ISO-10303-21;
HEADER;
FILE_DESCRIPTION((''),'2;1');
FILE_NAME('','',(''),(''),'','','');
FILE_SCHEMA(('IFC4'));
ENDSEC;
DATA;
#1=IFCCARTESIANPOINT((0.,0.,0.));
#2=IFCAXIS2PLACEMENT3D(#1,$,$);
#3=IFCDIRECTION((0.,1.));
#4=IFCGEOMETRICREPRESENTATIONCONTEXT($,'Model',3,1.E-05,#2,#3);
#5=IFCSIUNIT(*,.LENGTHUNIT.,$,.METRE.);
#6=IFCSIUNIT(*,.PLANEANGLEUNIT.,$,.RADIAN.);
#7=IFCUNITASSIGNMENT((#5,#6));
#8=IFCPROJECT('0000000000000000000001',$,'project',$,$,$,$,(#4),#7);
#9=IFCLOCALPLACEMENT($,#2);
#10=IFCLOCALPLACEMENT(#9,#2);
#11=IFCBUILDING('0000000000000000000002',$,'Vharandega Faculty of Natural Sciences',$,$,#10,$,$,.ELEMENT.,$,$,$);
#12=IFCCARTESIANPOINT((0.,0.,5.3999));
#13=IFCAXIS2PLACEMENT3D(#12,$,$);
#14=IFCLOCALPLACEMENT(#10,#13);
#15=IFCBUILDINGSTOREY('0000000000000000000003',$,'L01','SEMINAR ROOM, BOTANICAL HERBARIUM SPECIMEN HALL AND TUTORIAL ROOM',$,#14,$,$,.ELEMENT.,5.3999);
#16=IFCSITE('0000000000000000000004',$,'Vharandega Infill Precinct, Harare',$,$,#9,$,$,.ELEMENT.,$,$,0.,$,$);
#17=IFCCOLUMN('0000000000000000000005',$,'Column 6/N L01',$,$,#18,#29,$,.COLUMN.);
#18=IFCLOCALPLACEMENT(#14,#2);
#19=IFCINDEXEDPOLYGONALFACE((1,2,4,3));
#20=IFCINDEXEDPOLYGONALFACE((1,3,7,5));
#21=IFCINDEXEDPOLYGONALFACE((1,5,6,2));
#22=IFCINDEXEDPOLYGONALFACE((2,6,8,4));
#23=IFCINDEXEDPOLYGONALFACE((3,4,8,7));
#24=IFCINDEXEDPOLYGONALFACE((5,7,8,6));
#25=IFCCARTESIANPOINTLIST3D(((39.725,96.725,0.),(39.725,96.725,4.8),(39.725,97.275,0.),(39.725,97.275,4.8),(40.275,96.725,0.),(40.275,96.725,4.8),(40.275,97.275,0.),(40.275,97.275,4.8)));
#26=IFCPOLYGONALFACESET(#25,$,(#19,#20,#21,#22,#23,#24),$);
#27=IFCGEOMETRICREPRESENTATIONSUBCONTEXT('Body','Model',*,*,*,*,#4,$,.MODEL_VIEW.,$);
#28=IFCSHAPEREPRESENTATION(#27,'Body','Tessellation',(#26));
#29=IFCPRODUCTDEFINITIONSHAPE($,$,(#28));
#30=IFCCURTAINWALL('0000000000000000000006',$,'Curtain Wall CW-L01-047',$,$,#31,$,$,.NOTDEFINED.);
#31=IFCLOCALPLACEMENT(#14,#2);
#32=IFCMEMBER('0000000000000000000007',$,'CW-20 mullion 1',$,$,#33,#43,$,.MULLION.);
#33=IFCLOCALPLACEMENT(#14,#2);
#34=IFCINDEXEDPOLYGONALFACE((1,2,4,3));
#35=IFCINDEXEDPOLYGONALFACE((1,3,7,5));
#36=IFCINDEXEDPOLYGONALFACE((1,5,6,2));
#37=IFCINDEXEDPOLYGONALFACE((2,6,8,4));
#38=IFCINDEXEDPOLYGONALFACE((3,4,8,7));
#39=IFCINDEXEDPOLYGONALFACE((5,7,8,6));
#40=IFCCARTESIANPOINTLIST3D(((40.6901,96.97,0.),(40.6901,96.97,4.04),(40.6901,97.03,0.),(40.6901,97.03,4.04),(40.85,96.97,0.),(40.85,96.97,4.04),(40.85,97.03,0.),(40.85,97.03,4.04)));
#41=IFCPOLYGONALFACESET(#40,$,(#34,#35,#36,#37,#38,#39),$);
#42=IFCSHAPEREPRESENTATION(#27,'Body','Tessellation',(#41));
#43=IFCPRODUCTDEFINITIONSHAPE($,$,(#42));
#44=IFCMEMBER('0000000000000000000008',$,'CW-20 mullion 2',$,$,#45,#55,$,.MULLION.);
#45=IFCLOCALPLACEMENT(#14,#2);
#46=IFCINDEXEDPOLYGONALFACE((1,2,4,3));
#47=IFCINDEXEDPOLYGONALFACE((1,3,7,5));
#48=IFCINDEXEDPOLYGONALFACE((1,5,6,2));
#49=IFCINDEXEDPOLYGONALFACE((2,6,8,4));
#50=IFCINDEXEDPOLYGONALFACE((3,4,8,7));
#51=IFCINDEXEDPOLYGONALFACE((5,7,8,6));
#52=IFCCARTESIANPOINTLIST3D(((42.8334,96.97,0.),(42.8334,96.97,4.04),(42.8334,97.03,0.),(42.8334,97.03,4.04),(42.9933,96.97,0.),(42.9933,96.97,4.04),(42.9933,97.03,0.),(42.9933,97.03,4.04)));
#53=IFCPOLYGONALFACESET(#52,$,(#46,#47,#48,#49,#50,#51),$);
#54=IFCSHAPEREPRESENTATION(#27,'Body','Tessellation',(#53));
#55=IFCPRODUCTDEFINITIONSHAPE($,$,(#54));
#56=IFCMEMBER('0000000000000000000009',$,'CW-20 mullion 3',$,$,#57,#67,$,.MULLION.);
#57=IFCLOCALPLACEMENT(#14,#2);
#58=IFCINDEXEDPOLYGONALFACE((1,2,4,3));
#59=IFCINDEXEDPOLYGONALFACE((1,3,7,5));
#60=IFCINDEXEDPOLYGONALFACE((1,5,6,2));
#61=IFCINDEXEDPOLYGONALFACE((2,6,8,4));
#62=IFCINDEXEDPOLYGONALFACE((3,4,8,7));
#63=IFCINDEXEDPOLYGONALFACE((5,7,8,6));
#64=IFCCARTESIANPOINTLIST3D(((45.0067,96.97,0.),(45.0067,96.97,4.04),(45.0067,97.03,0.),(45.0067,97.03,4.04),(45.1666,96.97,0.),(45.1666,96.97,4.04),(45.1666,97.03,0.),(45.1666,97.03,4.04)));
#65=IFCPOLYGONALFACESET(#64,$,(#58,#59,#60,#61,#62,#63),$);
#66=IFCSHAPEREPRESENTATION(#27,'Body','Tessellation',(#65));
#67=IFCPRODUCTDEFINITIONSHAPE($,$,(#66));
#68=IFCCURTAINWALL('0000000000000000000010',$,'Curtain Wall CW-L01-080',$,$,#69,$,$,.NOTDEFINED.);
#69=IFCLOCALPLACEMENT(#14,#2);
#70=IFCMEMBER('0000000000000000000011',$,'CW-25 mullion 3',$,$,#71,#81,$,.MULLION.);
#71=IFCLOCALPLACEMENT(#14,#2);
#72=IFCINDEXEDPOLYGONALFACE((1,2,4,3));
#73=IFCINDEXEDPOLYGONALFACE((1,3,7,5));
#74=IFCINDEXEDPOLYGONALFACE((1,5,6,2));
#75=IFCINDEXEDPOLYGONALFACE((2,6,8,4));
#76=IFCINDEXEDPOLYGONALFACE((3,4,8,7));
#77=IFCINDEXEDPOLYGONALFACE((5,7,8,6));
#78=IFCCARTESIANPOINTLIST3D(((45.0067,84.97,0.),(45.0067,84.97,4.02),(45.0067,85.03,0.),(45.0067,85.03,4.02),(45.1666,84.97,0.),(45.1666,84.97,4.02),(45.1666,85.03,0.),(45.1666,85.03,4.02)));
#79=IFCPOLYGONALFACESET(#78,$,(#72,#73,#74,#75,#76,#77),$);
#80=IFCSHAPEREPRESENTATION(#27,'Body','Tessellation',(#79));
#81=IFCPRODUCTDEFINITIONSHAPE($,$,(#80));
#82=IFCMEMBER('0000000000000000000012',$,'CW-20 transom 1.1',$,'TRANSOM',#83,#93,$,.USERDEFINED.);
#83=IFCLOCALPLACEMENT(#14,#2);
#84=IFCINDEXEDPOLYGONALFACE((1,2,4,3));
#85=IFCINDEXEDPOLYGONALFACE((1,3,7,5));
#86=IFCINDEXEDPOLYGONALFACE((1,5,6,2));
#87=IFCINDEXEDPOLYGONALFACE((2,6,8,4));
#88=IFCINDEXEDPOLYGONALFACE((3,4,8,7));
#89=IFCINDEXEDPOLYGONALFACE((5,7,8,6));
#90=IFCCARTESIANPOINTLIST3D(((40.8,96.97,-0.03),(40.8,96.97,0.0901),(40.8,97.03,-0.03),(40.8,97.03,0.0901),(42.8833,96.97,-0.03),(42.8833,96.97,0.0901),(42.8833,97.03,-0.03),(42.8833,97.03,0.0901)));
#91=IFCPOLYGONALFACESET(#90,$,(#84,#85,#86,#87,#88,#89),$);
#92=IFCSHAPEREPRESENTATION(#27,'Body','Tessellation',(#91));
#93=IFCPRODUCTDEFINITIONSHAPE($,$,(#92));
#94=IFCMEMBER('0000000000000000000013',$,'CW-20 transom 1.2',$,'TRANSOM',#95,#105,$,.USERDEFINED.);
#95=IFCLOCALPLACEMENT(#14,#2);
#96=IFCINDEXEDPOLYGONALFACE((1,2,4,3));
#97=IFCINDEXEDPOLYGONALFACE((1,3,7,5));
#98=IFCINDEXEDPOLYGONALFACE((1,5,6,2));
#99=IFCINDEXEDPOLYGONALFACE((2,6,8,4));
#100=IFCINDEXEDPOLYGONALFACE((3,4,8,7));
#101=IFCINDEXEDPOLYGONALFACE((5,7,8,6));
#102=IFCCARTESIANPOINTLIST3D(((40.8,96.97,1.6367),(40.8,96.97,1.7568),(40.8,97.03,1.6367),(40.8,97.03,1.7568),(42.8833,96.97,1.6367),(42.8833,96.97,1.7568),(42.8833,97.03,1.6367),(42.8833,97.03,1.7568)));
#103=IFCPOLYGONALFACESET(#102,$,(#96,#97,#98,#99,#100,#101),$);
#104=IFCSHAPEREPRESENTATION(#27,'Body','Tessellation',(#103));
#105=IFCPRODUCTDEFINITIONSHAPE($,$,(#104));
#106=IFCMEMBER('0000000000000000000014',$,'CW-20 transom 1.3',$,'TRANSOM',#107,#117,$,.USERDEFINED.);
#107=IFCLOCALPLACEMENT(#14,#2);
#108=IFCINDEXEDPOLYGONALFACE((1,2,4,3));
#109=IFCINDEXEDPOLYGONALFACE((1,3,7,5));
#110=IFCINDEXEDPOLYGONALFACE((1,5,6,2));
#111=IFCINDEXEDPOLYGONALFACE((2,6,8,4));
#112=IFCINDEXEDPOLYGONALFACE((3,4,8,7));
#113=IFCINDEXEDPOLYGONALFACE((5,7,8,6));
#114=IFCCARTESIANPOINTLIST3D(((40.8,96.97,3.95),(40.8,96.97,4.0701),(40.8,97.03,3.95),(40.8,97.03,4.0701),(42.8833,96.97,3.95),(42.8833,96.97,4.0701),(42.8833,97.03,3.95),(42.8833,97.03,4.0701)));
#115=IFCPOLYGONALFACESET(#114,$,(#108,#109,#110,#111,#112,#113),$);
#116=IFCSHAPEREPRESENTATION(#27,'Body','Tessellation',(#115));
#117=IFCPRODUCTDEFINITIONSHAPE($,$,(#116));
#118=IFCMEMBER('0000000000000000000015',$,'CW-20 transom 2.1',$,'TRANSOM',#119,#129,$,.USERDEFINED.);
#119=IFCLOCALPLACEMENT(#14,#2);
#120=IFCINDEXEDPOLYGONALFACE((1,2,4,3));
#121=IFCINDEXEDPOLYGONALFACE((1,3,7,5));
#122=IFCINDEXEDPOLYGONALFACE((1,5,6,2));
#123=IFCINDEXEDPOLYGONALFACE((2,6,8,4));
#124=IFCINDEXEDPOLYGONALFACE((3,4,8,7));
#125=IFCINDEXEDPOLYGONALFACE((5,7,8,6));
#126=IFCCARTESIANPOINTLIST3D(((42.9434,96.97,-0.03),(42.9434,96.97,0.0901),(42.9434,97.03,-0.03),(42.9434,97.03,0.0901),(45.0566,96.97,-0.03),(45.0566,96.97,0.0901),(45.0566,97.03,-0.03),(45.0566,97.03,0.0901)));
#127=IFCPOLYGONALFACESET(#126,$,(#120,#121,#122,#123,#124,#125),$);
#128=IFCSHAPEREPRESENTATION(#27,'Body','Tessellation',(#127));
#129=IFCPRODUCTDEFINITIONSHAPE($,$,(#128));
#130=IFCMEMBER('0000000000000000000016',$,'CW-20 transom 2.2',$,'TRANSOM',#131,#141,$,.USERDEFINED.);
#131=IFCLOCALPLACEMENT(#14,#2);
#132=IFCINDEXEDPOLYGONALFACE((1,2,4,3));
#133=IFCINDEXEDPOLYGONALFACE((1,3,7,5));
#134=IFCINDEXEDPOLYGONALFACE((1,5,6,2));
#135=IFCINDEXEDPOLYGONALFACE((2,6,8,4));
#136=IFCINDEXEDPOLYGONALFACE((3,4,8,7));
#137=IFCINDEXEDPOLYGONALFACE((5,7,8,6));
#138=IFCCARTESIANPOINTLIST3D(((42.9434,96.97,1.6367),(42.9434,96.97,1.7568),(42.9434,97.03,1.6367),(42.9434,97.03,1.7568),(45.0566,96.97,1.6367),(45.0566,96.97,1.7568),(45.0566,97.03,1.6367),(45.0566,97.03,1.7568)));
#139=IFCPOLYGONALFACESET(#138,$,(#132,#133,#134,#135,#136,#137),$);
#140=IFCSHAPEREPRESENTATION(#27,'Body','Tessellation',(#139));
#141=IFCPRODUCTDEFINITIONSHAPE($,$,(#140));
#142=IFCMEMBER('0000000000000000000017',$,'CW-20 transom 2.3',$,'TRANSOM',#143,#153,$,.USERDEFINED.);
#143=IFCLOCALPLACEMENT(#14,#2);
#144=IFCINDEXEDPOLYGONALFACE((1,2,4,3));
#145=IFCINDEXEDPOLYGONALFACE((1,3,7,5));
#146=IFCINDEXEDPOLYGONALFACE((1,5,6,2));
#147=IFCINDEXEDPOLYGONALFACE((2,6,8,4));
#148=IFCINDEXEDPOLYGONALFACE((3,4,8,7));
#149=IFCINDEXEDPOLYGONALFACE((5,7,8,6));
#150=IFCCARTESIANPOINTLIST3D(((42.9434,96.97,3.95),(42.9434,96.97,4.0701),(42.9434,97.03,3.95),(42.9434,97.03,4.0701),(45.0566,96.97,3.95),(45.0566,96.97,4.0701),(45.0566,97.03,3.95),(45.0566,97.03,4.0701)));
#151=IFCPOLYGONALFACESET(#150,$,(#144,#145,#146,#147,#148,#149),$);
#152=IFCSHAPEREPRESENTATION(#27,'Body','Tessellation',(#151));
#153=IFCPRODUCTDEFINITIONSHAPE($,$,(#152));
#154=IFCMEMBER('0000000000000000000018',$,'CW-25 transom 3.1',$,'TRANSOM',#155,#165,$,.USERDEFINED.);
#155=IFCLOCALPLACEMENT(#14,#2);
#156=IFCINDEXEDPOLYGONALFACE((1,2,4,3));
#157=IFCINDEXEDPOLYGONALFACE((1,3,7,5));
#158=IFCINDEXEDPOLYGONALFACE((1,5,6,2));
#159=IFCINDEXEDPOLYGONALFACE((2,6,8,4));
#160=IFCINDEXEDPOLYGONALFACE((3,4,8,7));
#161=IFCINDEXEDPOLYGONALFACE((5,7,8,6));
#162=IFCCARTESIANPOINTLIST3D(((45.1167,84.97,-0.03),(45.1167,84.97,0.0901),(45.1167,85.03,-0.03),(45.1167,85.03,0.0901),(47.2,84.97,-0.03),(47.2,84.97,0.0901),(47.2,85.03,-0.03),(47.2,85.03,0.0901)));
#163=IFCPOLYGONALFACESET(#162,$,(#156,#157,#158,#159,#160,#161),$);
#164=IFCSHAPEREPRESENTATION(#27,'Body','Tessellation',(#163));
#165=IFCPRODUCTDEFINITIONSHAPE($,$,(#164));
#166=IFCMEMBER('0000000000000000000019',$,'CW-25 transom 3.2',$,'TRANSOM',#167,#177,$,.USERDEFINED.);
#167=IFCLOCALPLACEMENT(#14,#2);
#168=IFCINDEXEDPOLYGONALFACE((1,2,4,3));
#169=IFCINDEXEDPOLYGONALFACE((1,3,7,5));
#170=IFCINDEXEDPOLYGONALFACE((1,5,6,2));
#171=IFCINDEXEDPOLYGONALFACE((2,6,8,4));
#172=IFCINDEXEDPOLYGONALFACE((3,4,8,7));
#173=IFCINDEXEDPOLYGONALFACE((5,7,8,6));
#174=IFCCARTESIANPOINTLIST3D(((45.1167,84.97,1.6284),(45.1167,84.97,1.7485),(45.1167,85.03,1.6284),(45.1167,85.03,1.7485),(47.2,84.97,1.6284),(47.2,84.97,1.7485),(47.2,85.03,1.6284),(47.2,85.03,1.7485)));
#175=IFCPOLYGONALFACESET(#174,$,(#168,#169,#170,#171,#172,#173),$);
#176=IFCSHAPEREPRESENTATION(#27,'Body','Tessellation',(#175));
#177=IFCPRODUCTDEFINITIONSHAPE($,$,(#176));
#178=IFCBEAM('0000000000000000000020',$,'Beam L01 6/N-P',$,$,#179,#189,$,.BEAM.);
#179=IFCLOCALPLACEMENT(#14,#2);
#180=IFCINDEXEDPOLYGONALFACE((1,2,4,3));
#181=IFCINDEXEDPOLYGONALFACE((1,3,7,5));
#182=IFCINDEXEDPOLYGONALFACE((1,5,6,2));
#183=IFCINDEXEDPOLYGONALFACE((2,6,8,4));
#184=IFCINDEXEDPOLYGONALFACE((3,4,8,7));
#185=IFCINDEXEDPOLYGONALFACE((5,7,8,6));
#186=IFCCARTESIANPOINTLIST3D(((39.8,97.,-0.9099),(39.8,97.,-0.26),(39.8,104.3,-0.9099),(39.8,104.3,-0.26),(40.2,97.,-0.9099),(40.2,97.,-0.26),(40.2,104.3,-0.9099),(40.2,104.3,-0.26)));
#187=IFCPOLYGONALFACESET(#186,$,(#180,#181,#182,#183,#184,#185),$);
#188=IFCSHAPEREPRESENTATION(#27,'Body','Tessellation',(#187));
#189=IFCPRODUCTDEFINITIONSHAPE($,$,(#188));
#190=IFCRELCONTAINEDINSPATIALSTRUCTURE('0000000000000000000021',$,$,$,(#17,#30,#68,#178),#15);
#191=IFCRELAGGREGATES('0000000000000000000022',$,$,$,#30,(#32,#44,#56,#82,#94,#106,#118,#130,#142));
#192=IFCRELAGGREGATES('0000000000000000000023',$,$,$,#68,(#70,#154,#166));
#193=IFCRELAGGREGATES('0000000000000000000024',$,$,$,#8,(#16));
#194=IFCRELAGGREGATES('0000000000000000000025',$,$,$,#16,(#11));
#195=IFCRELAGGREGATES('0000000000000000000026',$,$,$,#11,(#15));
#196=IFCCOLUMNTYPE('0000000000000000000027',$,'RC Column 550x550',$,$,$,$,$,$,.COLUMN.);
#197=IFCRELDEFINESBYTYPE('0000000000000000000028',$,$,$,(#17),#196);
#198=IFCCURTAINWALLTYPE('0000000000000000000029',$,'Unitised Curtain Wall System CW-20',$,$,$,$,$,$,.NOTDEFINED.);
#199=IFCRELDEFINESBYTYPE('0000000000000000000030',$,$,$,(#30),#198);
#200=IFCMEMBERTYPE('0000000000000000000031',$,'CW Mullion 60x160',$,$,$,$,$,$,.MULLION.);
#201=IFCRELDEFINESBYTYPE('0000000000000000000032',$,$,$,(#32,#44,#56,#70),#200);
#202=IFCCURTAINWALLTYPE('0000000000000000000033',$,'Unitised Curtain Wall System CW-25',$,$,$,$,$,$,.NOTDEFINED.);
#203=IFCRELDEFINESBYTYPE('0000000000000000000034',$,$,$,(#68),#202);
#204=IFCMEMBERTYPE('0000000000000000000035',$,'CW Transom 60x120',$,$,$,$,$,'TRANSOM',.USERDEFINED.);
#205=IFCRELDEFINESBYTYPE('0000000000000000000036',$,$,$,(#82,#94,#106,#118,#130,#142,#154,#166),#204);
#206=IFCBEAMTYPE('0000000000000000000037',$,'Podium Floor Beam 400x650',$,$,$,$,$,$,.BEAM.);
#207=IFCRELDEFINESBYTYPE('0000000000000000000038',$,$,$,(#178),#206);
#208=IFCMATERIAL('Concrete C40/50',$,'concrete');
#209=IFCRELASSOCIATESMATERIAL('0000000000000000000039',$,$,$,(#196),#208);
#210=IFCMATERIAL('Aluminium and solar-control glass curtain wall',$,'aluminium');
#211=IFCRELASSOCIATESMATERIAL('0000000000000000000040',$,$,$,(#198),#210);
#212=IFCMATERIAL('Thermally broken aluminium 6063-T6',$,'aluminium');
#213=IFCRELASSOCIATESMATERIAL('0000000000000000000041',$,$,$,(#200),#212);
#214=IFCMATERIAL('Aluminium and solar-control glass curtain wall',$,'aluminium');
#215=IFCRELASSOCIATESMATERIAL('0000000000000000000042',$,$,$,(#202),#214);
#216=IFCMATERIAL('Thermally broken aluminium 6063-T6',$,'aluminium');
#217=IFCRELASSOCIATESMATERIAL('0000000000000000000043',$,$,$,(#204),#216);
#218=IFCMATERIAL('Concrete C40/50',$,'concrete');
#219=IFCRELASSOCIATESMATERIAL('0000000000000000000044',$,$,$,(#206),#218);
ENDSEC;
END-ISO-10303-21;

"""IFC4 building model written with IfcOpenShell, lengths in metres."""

from ifc_helpers import new_model, si_unit, direction, frame, origin, origin_2d, place, context, subcontext, project, spatial, rectangle, extrude, material, material_profile, profile_set, type_object, element, aggregate, save


model = new_model("IFC4")

# Units and contexts
model_context = context("Model", 3, precision=1e-05, world=origin(), true_north=direction((0.0, 1.0)))
body_context = subcontext(model_context, "Body", "Model", "MODEL_VIEW")
ifc_project = project(units=[si_unit("LENGTHUNIT", "METRE"), si_unit("PLANEANGLEUNIT", "RADIAN")], contexts=[model_context])

# Site, building, storey
site_placement = place(None, origin())
site = spatial("IfcSite", under=ifc_project, at=site_placement, Name="Vharandega Infill Precinct, Harare", CompositionType="ELEMENT", RefElevation=0.0)
building_placement = place(site_placement, origin())
building = spatial("IfcBuilding", under=site, at=building_placement, Name="Vharandega Faculty of Natural Sciences", CompositionType="ELEMENT")
storey_placement = place(building_placement, frame((0.0, 0.0, 5.3999)))
storey = spatial("IfcBuildingStorey", under=building, at=storey_placement, Name="L01", Description="SEMINAR ROOM, BOTANICAL HERBARIUM SPECIMEN HALL AND TUTORIAL ROOM", CompositionType="ELEMENT", Elevation=5.3999)

# Column
ifc_material_1 = material(Name="Concrete C40/50", Category="concrete")
ifc_material_profile_1 = material_profile(ifc_material_1, rectangle(XDim=0.55, YDim=0.55, at=origin_2d()), Name="RC 550x550")
ifc_profile_set_1 = profile_set([ifc_material_profile_1], Name="Concrete C40/50")
column_type = type_object("IfcColumnType", Name="RC Column 550x550", PredefinedType="COLUMN", material=ifc_profile_set_1)
column_placement = place(storey_placement, frame((40.0, 97.0, 0.0), z_axis=(0.0, 0.0, 1.0), x_axis=(1.0, 0.0, 0.0)))
element("IfcColumn", 1, at=column_placement, inside=storey, type_object=column_type, Name="Column 6/N L01", PredefinedType="COLUMN", context=body_context, shape_type="SweptSolid", body=[
    extrude(rectangle(XDim=0.55, YDim=0.55, at=origin_2d()), origin(), (0.0, 0.0, 1.0), 4.8),
])

# Curtain wall, members
ifc_material_2 = material(Name="Aluminium and solar-control glass curtain wall", Category="aluminium")
curtain_wall_type_1 = type_object("IfcCurtainWallType", Name="Unitised Curtain Wall System CW-20", PredefinedType="NOTDEFINED", material=ifc_material_2)
curtain_wall_1_placement = place(storey_placement, origin())
curtain_wall_1 = element("IfcCurtainWall", 2, at=curtain_wall_1_placement, inside=storey, type_object=curtain_wall_type_1, Name="Curtain Wall CW-L01-047", PredefinedType="NOTDEFINED")
ifc_material_3 = material(Name="Thermally broken aluminium 6063-T6", Category="aluminium")
ifc_material_profile_2 = material_profile(ifc_material_3, rectangle(XDim=0.0601, YDim=0.1599, at=origin_2d()), Name="ALU 60x160")
ifc_profile_set_2 = profile_set([ifc_material_profile_2], Name="Thermally broken aluminium 6063-T6")
member_type_1 = type_object("IfcMemberType", Name="CW Mullion 60x160", PredefinedType="MULLION", material=ifc_profile_set_2)
member_1_placement = place(storey_placement, frame((40.77, 97.0, 0.0), z_axis=(0.0, 0.0, 1.0), x_axis=(0.0, 1.0, 0.0)))
member_1 = element("IfcMember", 3, at=member_1_placement, type_object=member_type_1, Name="CW-20 mullion 1", PredefinedType="MULLION", context=body_context, shape_type="SweptSolid", body=[
    extrude(rectangle(XDim=0.0601, YDim=0.1599, at=origin_2d()), origin(), (0.0, 0.0, 1.0), 4.04),
])
member_2_placement = place(storey_placement, frame((42.9133, 97.0, 0.0), z_axis=(0.0, 0.0, 1.0), x_axis=(0.0, 1.0, 0.0)))
member_2 = element("IfcMember", 4, at=member_2_placement, type_object=member_type_1, Name="CW-20 mullion 2", PredefinedType="MULLION", context=body_context, shape_type="SweptSolid", body=[
    extrude(rectangle(XDim=0.0601, YDim=0.1599, at=origin_2d()), origin(), (0.0, 0.0, 1.0), 4.04),
])
member_3_placement = place(storey_placement, frame((45.0867, 97.0, 0.0), z_axis=(0.0, 0.0, 1.0), x_axis=(0.0, 1.0, 0.0)))
member_3 = element("IfcMember", 5, at=member_3_placement, type_object=member_type_1, Name="CW-20 mullion 3", PredefinedType="MULLION", context=body_context, shape_type="SweptSolid", body=[
    extrude(rectangle(XDim=0.0601, YDim=0.1599, at=origin_2d()), origin(), (0.0, 0.0, 1.0), 4.04),
])

# Curtain wall, member
ifc_material_4 = material(Name="Aluminium and solar-control glass curtain wall", Category="aluminium")
curtain_wall_type_2 = type_object("IfcCurtainWallType", Name="Unitised Curtain Wall System CW-25", PredefinedType="NOTDEFINED", material=ifc_material_4)
curtain_wall_2_placement = place(storey_placement, origin())
curtain_wall_2 = element("IfcCurtainWall", 6, at=curtain_wall_2_placement, inside=storey, type_object=curtain_wall_type_2, Name="Curtain Wall CW-L01-080", PredefinedType="NOTDEFINED")
member_4_placement = place(storey_placement, frame((45.0867, 85.0, 0.0), z_axis=(0.0, 0.0, 1.0), x_axis=(0.0, 1.0, 0.0)))
member_4 = element("IfcMember", 7, at=member_4_placement, type_object=member_type_1, Name="CW-25 mullion 3", PredefinedType="MULLION", context=body_context, shape_type="SweptSolid", body=[
    extrude(rectangle(XDim=0.0601, YDim=0.1599, at=origin_2d()), origin(), (0.0, 0.0, 1.0), 4.02),
])

# Members
ifc_material_5 = material(Name="Thermally broken aluminium 6063-T6", Category="aluminium")
ifc_material_profile_3 = material_profile(ifc_material_5, rectangle(XDim=0.0601, YDim=0.1201, at=origin_2d()), Name="ALU 60x120")
ifc_profile_set_3 = profile_set([ifc_material_profile_3], Name="Thermally broken aluminium 6063-T6")
member_type_2 = type_object("IfcMemberType", Name="CW Transom 60x120", ElementType="TRANSOM", PredefinedType="USERDEFINED", material=ifc_profile_set_3)
member_5_placement = place(storey_placement, frame((40.8, 97.0, 0.03), z_axis=(1.0, 0.0, 0.0), x_axis=(0.0, 1.0, 0.0)))
member_5 = element("IfcMember", 8, at=member_5_placement, type_object=member_type_2, Name="CW-20 transom 1.1", ObjectType="TRANSOM", PredefinedType="USERDEFINED", context=body_context, shape_type="SweptSolid", body=[
    extrude(rectangle(XDim=0.0601, YDim=0.1201, at=origin_2d()), origin(), (0.0, 0.0, 1.0), 2.0833),
])
member_6_placement = place(storey_placement, frame((40.8, 97.0, 1.6968), z_axis=(1.0, 0.0, 0.0), x_axis=(0.0, 1.0, 0.0)))
member_6 = element("IfcMember", 9, at=member_6_placement, type_object=member_type_2, Name="CW-20 transom 1.2", ObjectType="TRANSOM", PredefinedType="USERDEFINED", context=body_context, shape_type="SweptSolid", body=[
    extrude(rectangle(XDim=0.0601, YDim=0.1201, at=origin_2d()), origin(), (0.0, 0.0, 1.0), 2.0833),
])
member_7_placement = place(storey_placement, frame((40.8, 97.0, 4.01), z_axis=(1.0, 0.0, 0.0), x_axis=(0.0, 1.0, 0.0)))
member_7 = element("IfcMember", 10, at=member_7_placement, type_object=member_type_2, Name="CW-20 transom 1.3", ObjectType="TRANSOM", PredefinedType="USERDEFINED", context=body_context, shape_type="SweptSolid", body=[
    extrude(rectangle(XDim=0.0601, YDim=0.1201, at=origin_2d()), origin(), (0.0, 0.0, 1.0), 2.0833),
])
member_8_placement = place(storey_placement, frame((42.9434, 97.0, 0.03), z_axis=(1.0, 0.0, 0.0), x_axis=(0.0, 1.0, 0.0)))
member_8 = element("IfcMember", 11, at=member_8_placement, type_object=member_type_2, Name="CW-20 transom 2.1", ObjectType="TRANSOM", PredefinedType="USERDEFINED", context=body_context, shape_type="SweptSolid", body=[
    extrude(rectangle(XDim=0.0601, YDim=0.1201, at=origin_2d()), origin(), (0.0, 0.0, 1.0), 2.1133),
])
member_9_placement = place(storey_placement, frame((42.9434, 97.0, 1.6968), z_axis=(1.0, 0.0, 0.0), x_axis=(0.0, 1.0, 0.0)))
member_9 = element("IfcMember", 12, at=member_9_placement, type_object=member_type_2, Name="CW-20 transom 2.2", ObjectType="TRANSOM", PredefinedType="USERDEFINED", context=body_context, shape_type="SweptSolid", body=[
    extrude(rectangle(XDim=0.0601, YDim=0.1201, at=origin_2d()), origin(), (0.0, 0.0, 1.0), 2.1133),
])
member_10_placement = place(storey_placement, frame((42.9434, 97.0, 4.01), z_axis=(1.0, 0.0, 0.0), x_axis=(0.0, 1.0, 0.0)))
member_10 = element("IfcMember", 13, at=member_10_placement, type_object=member_type_2, Name="CW-20 transom 2.3", ObjectType="TRANSOM", PredefinedType="USERDEFINED", context=body_context, shape_type="SweptSolid", body=[
    extrude(rectangle(XDim=0.0601, YDim=0.1201, at=origin_2d()), origin(), (0.0, 0.0, 1.0), 2.1133),
])
member_11_placement = place(storey_placement, frame((45.1167, 85.0, 0.03), z_axis=(1.0, 0.0, 0.0), x_axis=(0.0, 1.0, 0.0)))
member_11 = element("IfcMember", 14, at=member_11_placement, type_object=member_type_2, Name="CW-25 transom 3.1", ObjectType="TRANSOM", PredefinedType="USERDEFINED", context=body_context, shape_type="SweptSolid", body=[
    extrude(rectangle(XDim=0.0601, YDim=0.1201, at=origin_2d()), origin(), (0.0, 0.0, 1.0), 2.0833),
])
member_12_placement = place(storey_placement, frame((45.1167, 85.0, 1.6885), z_axis=(1.0, 0.0, 0.0), x_axis=(0.0, 1.0, 0.0)))
member_12 = element("IfcMember", 15, at=member_12_placement, type_object=member_type_2, Name="CW-25 transom 3.2", ObjectType="TRANSOM", PredefinedType="USERDEFINED", context=body_context, shape_type="SweptSolid", body=[
    extrude(rectangle(XDim=0.0601, YDim=0.1201, at=origin_2d()), origin(), (0.0, 0.0, 1.0), 2.0833),
])

# Beam
ifc_material_6 = material(Name="Concrete C40/50", Category="concrete")
ifc_material_profile_4 = material_profile(ifc_material_6, rectangle(XDim=0.3999, YDim=0.6499, at=origin_2d()), Name="RC 400x650")
ifc_profile_set_4 = profile_set([ifc_material_profile_4], Name="Concrete C40/50")
beam_type_1 = type_object("IfcBeamType", Name="Podium Floor Beam 400x650", PredefinedType="BEAM", material=ifc_profile_set_4)
beam_1_placement = place(storey_placement, frame((40.0, 97.0, -0.585), z_axis=(0.0, 1.0, 0.0), x_axis=(-1.0, 0.0, 0.0)))
element("IfcBeam", 16, at=beam_1_placement, inside=storey, type_object=beam_type_1, Name="Beam L01 6/N-P", PredefinedType="BEAM", context=body_context, shape_type="SweptSolid", body=[
    extrude(rectangle(XDim=0.3999, YDim=0.6499, at=origin_2d()), origin(), (0.0, 0.0, 1.0), 7.3),
])

aggregate(curtain_wall_1, [member_1, member_2, member_3, member_5, member_6, member_7, member_8, member_9, member_10])
aggregate(curtain_wall_2, [member_4, member_11, member_12])

save(model, "model.ifc")
